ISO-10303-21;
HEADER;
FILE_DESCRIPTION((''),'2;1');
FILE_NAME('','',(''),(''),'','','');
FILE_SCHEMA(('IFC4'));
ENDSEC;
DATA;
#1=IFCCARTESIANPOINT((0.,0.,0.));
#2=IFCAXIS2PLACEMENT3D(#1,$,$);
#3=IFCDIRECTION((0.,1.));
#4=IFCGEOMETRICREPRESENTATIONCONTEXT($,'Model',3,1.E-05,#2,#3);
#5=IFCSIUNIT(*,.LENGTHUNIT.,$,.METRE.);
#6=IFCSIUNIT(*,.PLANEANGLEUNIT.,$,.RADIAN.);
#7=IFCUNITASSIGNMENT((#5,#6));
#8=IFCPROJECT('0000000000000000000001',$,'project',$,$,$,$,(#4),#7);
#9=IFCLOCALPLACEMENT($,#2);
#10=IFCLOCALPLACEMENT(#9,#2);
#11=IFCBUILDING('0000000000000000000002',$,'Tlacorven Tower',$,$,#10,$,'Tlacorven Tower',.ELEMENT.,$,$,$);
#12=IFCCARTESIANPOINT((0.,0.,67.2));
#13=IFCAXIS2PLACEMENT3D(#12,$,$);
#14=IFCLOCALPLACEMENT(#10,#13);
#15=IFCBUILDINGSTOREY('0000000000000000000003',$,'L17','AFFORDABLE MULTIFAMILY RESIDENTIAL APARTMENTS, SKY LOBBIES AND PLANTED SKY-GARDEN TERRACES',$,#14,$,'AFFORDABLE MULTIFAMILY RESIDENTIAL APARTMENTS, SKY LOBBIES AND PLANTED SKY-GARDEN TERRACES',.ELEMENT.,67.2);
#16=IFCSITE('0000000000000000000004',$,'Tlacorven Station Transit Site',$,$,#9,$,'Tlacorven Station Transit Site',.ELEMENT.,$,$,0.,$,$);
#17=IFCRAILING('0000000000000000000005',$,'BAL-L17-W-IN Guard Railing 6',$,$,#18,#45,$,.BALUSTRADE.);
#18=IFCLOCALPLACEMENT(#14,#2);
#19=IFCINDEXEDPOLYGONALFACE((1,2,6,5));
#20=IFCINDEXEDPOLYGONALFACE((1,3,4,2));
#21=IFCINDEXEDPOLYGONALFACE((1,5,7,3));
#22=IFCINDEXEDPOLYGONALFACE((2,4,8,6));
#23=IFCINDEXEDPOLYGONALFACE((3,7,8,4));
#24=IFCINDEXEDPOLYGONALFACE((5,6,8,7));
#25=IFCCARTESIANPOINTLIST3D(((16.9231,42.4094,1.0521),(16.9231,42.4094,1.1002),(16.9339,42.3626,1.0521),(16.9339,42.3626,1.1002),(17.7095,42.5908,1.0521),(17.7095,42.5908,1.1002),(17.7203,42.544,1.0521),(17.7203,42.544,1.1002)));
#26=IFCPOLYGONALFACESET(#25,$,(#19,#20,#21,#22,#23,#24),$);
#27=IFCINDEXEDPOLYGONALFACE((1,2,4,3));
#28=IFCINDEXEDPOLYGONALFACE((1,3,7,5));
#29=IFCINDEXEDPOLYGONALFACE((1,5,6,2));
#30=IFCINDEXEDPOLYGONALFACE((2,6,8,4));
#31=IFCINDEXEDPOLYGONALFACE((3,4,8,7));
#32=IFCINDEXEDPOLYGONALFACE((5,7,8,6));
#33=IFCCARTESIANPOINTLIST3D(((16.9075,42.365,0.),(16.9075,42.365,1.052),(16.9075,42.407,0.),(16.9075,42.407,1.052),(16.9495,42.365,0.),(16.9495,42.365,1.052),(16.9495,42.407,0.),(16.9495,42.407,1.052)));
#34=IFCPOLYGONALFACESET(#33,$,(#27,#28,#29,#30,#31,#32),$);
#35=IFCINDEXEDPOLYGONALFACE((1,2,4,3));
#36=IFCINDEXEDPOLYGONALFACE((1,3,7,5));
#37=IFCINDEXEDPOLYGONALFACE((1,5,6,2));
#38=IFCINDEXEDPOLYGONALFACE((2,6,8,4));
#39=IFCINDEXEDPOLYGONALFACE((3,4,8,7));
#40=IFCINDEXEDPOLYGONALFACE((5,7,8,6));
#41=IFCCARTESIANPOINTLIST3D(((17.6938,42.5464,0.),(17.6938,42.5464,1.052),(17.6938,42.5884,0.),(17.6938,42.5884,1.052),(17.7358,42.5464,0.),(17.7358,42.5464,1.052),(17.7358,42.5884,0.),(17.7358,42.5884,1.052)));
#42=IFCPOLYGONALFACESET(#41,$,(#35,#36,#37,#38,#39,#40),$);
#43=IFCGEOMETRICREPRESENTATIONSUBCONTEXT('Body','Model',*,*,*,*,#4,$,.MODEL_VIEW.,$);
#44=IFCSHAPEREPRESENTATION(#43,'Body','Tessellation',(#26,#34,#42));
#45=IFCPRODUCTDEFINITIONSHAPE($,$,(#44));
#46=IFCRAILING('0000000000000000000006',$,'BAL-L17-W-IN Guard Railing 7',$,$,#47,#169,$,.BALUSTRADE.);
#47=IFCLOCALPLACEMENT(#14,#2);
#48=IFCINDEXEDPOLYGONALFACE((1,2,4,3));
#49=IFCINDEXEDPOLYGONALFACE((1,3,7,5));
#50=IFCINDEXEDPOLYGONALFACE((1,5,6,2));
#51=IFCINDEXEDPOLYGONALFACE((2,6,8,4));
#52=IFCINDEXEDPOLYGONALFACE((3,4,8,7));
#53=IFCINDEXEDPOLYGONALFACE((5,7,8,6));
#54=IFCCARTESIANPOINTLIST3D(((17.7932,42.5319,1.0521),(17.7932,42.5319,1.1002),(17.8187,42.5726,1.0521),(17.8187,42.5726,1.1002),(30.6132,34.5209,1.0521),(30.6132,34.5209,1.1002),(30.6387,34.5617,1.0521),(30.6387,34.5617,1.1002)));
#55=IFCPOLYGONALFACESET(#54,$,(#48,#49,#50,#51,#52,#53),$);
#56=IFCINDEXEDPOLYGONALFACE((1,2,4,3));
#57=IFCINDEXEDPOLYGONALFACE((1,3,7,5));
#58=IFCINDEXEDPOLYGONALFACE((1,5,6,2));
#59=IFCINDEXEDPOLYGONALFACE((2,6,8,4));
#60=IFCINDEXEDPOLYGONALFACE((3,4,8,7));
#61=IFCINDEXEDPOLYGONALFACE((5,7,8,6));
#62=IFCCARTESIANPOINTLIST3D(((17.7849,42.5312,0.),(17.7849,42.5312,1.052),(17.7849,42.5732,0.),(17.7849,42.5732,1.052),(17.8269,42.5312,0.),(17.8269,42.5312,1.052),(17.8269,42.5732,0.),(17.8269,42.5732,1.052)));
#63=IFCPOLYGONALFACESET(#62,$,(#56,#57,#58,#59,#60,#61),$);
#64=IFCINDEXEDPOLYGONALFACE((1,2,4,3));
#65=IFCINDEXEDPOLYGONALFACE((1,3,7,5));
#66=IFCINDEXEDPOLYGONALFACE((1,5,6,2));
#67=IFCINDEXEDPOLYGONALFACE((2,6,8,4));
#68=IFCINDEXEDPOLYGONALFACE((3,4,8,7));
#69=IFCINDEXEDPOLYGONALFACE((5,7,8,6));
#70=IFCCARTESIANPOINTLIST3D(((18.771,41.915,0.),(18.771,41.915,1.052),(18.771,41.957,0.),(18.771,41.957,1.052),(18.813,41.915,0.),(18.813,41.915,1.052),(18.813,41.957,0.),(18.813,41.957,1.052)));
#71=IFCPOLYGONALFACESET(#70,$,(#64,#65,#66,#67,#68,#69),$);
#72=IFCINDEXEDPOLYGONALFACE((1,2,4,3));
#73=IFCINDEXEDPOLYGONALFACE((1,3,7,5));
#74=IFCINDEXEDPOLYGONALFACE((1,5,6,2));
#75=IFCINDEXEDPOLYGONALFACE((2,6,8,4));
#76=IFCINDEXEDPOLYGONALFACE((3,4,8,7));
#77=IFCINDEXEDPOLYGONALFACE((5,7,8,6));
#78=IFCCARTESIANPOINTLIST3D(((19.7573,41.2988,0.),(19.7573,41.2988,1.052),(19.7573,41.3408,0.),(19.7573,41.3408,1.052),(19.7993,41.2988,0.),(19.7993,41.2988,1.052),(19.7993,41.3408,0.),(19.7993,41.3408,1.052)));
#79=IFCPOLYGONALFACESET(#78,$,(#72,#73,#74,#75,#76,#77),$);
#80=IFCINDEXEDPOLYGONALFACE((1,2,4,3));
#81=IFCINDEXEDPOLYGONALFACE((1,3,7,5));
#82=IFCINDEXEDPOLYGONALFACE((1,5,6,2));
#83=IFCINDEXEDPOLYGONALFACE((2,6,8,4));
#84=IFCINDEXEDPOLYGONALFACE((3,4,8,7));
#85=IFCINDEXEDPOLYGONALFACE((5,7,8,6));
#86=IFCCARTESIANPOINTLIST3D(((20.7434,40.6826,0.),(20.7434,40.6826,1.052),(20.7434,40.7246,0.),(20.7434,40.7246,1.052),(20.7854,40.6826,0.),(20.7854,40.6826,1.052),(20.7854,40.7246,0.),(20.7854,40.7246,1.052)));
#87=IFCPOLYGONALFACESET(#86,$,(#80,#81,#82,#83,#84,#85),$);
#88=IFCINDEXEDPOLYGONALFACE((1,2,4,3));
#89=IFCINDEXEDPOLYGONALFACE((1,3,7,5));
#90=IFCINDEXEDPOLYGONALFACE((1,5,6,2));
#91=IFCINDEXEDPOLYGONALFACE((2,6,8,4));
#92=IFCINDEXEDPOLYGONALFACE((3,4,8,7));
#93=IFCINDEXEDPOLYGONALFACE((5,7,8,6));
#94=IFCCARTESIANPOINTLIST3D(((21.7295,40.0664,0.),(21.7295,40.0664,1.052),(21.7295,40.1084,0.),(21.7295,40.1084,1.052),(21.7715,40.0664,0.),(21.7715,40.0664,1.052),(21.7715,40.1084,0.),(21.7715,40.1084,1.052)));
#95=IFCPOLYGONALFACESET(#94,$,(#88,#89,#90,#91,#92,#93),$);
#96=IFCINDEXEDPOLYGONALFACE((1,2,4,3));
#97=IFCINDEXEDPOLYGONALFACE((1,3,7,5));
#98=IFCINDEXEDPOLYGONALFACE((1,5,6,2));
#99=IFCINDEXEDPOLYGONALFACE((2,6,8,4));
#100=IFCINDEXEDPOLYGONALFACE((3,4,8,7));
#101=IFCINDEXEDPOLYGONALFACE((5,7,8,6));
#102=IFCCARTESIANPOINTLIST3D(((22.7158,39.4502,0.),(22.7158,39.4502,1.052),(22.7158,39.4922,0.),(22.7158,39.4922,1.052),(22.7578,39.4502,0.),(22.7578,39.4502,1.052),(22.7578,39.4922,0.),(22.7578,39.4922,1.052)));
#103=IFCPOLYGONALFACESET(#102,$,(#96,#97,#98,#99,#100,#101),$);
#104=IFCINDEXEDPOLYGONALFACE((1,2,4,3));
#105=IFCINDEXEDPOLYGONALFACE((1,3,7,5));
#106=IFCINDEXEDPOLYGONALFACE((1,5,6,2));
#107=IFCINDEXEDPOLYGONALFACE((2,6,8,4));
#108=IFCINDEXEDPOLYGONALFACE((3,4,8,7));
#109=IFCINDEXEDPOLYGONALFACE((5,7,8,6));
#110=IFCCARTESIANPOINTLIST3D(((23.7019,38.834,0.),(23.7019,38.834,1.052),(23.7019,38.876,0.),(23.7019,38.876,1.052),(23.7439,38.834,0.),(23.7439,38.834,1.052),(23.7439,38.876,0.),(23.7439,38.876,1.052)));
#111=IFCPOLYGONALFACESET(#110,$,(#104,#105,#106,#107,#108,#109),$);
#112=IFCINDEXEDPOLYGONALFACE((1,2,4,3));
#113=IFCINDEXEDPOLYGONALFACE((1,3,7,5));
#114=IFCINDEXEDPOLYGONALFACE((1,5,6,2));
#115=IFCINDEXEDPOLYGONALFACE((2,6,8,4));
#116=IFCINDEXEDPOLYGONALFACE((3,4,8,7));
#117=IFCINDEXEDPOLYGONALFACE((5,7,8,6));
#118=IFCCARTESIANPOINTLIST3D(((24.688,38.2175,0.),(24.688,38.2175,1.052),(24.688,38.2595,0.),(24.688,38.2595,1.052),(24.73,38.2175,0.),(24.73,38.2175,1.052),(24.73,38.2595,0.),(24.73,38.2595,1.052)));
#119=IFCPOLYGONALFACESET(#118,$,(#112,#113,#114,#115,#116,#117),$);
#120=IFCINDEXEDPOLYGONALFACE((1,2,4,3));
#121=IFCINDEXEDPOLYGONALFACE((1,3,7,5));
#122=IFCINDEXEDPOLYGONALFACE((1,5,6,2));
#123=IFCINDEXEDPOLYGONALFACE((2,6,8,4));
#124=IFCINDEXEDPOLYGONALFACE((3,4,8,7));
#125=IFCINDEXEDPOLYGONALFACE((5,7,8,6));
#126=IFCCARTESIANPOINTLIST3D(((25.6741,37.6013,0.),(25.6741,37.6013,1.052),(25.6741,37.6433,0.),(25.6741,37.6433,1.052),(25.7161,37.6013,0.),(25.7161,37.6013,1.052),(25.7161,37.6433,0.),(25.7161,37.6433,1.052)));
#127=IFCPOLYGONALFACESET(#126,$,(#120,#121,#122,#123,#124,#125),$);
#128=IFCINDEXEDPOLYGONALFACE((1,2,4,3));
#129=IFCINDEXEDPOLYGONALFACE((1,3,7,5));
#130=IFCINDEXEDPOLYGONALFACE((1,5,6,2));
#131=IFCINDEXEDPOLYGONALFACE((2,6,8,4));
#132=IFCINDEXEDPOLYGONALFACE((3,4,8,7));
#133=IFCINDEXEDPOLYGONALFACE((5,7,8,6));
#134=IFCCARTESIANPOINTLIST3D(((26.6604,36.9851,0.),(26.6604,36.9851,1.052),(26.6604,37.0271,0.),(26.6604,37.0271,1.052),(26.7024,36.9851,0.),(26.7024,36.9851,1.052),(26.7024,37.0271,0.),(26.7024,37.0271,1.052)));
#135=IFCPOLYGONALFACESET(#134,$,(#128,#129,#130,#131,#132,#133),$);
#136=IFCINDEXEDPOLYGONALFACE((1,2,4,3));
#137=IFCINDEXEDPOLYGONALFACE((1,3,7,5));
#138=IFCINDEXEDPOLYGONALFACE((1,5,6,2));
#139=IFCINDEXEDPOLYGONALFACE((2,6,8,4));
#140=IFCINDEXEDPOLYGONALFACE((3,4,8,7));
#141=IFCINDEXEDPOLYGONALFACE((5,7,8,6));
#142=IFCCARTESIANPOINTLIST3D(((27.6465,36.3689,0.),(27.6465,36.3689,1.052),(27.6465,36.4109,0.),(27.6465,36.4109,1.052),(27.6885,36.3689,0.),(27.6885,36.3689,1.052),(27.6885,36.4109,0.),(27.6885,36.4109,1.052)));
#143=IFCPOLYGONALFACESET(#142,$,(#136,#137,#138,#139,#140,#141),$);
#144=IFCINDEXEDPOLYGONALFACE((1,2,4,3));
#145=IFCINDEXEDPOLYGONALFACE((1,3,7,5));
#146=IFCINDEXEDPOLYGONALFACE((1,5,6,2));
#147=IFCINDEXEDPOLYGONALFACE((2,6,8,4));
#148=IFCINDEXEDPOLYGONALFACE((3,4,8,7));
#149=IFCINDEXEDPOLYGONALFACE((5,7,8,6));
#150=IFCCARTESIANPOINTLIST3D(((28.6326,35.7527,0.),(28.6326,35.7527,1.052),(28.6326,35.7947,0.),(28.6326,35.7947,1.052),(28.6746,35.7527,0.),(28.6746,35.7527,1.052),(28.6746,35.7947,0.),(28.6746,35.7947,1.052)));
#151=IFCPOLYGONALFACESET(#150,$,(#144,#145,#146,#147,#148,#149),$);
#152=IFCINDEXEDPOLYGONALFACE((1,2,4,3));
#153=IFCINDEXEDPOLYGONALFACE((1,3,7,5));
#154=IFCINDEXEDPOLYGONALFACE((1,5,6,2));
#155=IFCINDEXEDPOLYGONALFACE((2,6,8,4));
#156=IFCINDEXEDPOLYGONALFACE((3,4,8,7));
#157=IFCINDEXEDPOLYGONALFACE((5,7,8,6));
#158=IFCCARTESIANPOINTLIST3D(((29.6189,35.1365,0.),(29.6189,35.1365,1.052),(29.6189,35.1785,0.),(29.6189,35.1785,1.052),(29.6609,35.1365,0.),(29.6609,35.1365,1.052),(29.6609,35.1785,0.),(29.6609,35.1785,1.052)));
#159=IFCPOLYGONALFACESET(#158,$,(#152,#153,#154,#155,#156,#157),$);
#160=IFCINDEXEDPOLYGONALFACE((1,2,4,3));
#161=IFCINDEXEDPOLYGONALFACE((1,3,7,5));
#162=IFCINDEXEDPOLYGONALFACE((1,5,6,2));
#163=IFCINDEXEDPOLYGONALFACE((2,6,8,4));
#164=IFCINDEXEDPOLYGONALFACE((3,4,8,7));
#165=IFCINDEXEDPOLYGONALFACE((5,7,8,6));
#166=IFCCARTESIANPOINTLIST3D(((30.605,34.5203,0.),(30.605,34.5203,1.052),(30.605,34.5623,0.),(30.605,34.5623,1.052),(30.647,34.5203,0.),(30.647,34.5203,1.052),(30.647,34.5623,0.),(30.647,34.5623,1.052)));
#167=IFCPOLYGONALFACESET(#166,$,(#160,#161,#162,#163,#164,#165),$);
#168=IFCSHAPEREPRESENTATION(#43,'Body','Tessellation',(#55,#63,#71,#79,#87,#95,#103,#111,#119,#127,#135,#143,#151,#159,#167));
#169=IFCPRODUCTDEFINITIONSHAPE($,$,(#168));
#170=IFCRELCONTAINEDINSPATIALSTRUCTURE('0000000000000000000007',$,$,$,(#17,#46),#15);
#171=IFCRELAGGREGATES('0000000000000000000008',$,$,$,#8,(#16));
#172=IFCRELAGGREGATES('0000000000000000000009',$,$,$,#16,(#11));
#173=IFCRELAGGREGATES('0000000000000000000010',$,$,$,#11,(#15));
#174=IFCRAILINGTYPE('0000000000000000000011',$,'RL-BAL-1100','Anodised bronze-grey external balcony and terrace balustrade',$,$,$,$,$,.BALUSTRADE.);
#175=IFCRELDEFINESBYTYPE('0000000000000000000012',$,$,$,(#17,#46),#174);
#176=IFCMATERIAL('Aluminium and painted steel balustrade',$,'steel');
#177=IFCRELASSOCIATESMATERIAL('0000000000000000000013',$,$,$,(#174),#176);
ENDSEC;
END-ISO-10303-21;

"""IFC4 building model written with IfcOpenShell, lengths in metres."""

from ifc_helpers import new_model, si_unit, direction, frame, origin, origin_2d, place, context, subcontext, project, spatial, rectangle, extrude, source, transform, mapped, material, type_object, element, save


model = new_model("IFC4")

# Units and contexts
model_context = context("Model", 3, precision=1e-05, world=origin(), true_north=direction((0.0, 1.0)))
body_context = subcontext(model_context, "Body", "Model", "MODEL_VIEW")
ifc_project = project(units=[si_unit("LENGTHUNIT", "METRE"), si_unit("PLANEANGLEUNIT", "RADIAN")], contexts=[model_context])

# Site, building, storey
site_placement = place(None, origin())
site = spatial("IfcSite", under=ifc_project, at=site_placement, Name="Tlacorven Station Transit Site", LongName="Tlacorven Station Transit Site", CompositionType="ELEMENT", RefElevation=0.0)
building_placement = place(site_placement, origin())
building = spatial("IfcBuilding", under=site, at=building_placement, Name="Tlacorven Tower", LongName="Tlacorven Tower", CompositionType="ELEMENT")
storey_placement = place(building_placement, frame((0.0, 0.0, 67.2)))
storey = spatial("IfcBuildingStorey", under=building, at=storey_placement, Name="L17", Description="AFFORDABLE MULTIFAMILY RESIDENTIAL APARTMENTS, SKY LOBBIES AND PLANTED SKY-GARDEN TERRACES", LongName="AFFORDABLE MULTIFAMILY RESIDENTIAL APARTMENTS, SKY LOBBIES AND PLANTED SKY-GARDEN TERRACES", CompositionType="ELEMENT", Elevation=67.2)

# Railings
ifc_material_1 = material(Name="Aluminium and painted steel balustrade", Category="steel")
railing_type = type_object("IfcRailingType", Name="RL-BAL-1100", Description="Anodised bronze-grey external balcony and terrace balustrade", PredefinedType="BALUSTRADE", material=ifc_material_1)
shared_shape_1 = source(origin(), body_context, "Body", "SweptSolid", [
    extrude(rectangle(XDim=0.0481, YDim=0.0481, at=origin_2d()), frame((0.0, 0.0, 1.0762), z_axis=(0.974412, 0.224771, 0.0), x_axis=(-0.224771, 0.974412, 0.0)), (0.0, 0.0, 1.0), 0.8071),
    extrude(rectangle(XDim=0.042, YDim=0.042, at=origin_2d()), origin(), (0.0, 0.0, 1.0), 1.052),
    extrude(rectangle(XDim=0.042, YDim=0.042, at=origin_2d()), frame((0.7864, 0.1814, 0.0)), (0.0, 0.0, 1.0), 1.052),
])
railing_1_placement = place(storey_placement, frame((16.9285, 42.386, 0.0)))
element("IfcRailing", 1, at=railing_1_placement, inside=storey, type_object=railing_type, Name="BAL-L17-W-IN Guard Railing 6", PredefinedType="BALUSTRADE", context=body_context, shape_type="MappedRepresentation", body=[
    mapped(shared_shape_1, transform((0.0, 0.0, 0.0), scale=1.0)),
])
shared_shape_2 = source(origin(), body_context, "Body", "SweptSolid", [
    extrude(rectangle(XDim=0.0481, YDim=0.0481, at=origin_2d()), frame((0.0, 0.0, 1.0762), z_axis=(0.848045, -0.529925, 0.0), x_axis=(0.529925, 0.848045, 0.0)), (0.0, 0.0, 1.0), 15.1172),
    extrude(rectangle(XDim=0.042, YDim=0.042, at=origin_2d()), origin(), (0.0, 0.0, 1.0), 1.052),
    extrude(rectangle(XDim=0.042, YDim=0.042, at=origin_2d()), frame((0.9861, -0.6162, 0.0)), (0.0, 0.0, 1.0), 1.052),
    extrude(rectangle(XDim=0.042, YDim=0.042, at=origin_2d()), frame((1.9724, -1.2324, 0.0)), (0.0, 0.0, 1.0), 1.052),
    extrude(rectangle(XDim=0.042, YDim=0.042, at=origin_2d()), frame((2.9585, -1.8486, 0.0)), (0.0, 0.0, 1.0), 1.052),
    extrude(rectangle(XDim=0.042, YDim=0.042, at=origin_2d()), frame((3.9446, -2.4648, 0.0)), (0.0, 0.0, 1.0), 1.052),
    extrude(rectangle(XDim=0.042, YDim=0.042, at=origin_2d()), frame((4.9309, -3.0811, 0.0)), (0.0, 0.0, 1.0), 1.052),
    extrude(rectangle(XDim=0.042, YDim=0.042, at=origin_2d()), frame((5.917, -3.6973, 0.0)), (0.0, 0.0, 1.0), 1.052),
    extrude(rectangle(XDim=0.042, YDim=0.042, at=origin_2d()), frame((6.9031, -4.3137, 0.0)), (0.0, 0.0, 1.0), 1.052),
    extrude(rectangle(XDim=0.042, YDim=0.042, at=origin_2d()), frame((7.8892, -4.9299, 0.0)), (0.0, 0.0, 1.0), 1.052),
    extrude(rectangle(XDim=0.042, YDim=0.042, at=origin_2d()), frame((8.8755, -5.5461, 0.0)), (0.0, 0.0, 1.0), 1.052),
    extrude(rectangle(XDim=0.042, YDim=0.042, at=origin_2d()), frame((9.8616, -6.1624, 0.0)), (0.0, 0.0, 1.0), 1.052),
    extrude(rectangle(XDim=0.042, YDim=0.042, at=origin_2d()), frame((10.8477, -6.7786, 0.0)), (0.0, 0.0, 1.0), 1.052),
    extrude(rectangle(XDim=0.042, YDim=0.042, at=origin_2d()), frame((11.834, -7.3948, 0.0)), (0.0, 0.0, 1.0), 1.052),
    extrude(rectangle(XDim=0.042, YDim=0.042, at=origin_2d()), frame((12.8201, -8.011, 0.0)), (0.0, 0.0, 1.0), 1.052),
])
railing_2_placement = place(storey_placement, frame((17.8059, 42.5522, 0.0)))
element("IfcRailing", 2, at=railing_2_placement, inside=storey, type_object=railing_type, Name="BAL-L17-W-IN Guard Railing 7", PredefinedType="BALUSTRADE", context=body_context, shape_type="MappedRepresentation", body=[
    mapped(shared_shape_2, transform((0.0, 0.0, 0.0), scale=1.0)),
])

save(model, "model.ifc")
